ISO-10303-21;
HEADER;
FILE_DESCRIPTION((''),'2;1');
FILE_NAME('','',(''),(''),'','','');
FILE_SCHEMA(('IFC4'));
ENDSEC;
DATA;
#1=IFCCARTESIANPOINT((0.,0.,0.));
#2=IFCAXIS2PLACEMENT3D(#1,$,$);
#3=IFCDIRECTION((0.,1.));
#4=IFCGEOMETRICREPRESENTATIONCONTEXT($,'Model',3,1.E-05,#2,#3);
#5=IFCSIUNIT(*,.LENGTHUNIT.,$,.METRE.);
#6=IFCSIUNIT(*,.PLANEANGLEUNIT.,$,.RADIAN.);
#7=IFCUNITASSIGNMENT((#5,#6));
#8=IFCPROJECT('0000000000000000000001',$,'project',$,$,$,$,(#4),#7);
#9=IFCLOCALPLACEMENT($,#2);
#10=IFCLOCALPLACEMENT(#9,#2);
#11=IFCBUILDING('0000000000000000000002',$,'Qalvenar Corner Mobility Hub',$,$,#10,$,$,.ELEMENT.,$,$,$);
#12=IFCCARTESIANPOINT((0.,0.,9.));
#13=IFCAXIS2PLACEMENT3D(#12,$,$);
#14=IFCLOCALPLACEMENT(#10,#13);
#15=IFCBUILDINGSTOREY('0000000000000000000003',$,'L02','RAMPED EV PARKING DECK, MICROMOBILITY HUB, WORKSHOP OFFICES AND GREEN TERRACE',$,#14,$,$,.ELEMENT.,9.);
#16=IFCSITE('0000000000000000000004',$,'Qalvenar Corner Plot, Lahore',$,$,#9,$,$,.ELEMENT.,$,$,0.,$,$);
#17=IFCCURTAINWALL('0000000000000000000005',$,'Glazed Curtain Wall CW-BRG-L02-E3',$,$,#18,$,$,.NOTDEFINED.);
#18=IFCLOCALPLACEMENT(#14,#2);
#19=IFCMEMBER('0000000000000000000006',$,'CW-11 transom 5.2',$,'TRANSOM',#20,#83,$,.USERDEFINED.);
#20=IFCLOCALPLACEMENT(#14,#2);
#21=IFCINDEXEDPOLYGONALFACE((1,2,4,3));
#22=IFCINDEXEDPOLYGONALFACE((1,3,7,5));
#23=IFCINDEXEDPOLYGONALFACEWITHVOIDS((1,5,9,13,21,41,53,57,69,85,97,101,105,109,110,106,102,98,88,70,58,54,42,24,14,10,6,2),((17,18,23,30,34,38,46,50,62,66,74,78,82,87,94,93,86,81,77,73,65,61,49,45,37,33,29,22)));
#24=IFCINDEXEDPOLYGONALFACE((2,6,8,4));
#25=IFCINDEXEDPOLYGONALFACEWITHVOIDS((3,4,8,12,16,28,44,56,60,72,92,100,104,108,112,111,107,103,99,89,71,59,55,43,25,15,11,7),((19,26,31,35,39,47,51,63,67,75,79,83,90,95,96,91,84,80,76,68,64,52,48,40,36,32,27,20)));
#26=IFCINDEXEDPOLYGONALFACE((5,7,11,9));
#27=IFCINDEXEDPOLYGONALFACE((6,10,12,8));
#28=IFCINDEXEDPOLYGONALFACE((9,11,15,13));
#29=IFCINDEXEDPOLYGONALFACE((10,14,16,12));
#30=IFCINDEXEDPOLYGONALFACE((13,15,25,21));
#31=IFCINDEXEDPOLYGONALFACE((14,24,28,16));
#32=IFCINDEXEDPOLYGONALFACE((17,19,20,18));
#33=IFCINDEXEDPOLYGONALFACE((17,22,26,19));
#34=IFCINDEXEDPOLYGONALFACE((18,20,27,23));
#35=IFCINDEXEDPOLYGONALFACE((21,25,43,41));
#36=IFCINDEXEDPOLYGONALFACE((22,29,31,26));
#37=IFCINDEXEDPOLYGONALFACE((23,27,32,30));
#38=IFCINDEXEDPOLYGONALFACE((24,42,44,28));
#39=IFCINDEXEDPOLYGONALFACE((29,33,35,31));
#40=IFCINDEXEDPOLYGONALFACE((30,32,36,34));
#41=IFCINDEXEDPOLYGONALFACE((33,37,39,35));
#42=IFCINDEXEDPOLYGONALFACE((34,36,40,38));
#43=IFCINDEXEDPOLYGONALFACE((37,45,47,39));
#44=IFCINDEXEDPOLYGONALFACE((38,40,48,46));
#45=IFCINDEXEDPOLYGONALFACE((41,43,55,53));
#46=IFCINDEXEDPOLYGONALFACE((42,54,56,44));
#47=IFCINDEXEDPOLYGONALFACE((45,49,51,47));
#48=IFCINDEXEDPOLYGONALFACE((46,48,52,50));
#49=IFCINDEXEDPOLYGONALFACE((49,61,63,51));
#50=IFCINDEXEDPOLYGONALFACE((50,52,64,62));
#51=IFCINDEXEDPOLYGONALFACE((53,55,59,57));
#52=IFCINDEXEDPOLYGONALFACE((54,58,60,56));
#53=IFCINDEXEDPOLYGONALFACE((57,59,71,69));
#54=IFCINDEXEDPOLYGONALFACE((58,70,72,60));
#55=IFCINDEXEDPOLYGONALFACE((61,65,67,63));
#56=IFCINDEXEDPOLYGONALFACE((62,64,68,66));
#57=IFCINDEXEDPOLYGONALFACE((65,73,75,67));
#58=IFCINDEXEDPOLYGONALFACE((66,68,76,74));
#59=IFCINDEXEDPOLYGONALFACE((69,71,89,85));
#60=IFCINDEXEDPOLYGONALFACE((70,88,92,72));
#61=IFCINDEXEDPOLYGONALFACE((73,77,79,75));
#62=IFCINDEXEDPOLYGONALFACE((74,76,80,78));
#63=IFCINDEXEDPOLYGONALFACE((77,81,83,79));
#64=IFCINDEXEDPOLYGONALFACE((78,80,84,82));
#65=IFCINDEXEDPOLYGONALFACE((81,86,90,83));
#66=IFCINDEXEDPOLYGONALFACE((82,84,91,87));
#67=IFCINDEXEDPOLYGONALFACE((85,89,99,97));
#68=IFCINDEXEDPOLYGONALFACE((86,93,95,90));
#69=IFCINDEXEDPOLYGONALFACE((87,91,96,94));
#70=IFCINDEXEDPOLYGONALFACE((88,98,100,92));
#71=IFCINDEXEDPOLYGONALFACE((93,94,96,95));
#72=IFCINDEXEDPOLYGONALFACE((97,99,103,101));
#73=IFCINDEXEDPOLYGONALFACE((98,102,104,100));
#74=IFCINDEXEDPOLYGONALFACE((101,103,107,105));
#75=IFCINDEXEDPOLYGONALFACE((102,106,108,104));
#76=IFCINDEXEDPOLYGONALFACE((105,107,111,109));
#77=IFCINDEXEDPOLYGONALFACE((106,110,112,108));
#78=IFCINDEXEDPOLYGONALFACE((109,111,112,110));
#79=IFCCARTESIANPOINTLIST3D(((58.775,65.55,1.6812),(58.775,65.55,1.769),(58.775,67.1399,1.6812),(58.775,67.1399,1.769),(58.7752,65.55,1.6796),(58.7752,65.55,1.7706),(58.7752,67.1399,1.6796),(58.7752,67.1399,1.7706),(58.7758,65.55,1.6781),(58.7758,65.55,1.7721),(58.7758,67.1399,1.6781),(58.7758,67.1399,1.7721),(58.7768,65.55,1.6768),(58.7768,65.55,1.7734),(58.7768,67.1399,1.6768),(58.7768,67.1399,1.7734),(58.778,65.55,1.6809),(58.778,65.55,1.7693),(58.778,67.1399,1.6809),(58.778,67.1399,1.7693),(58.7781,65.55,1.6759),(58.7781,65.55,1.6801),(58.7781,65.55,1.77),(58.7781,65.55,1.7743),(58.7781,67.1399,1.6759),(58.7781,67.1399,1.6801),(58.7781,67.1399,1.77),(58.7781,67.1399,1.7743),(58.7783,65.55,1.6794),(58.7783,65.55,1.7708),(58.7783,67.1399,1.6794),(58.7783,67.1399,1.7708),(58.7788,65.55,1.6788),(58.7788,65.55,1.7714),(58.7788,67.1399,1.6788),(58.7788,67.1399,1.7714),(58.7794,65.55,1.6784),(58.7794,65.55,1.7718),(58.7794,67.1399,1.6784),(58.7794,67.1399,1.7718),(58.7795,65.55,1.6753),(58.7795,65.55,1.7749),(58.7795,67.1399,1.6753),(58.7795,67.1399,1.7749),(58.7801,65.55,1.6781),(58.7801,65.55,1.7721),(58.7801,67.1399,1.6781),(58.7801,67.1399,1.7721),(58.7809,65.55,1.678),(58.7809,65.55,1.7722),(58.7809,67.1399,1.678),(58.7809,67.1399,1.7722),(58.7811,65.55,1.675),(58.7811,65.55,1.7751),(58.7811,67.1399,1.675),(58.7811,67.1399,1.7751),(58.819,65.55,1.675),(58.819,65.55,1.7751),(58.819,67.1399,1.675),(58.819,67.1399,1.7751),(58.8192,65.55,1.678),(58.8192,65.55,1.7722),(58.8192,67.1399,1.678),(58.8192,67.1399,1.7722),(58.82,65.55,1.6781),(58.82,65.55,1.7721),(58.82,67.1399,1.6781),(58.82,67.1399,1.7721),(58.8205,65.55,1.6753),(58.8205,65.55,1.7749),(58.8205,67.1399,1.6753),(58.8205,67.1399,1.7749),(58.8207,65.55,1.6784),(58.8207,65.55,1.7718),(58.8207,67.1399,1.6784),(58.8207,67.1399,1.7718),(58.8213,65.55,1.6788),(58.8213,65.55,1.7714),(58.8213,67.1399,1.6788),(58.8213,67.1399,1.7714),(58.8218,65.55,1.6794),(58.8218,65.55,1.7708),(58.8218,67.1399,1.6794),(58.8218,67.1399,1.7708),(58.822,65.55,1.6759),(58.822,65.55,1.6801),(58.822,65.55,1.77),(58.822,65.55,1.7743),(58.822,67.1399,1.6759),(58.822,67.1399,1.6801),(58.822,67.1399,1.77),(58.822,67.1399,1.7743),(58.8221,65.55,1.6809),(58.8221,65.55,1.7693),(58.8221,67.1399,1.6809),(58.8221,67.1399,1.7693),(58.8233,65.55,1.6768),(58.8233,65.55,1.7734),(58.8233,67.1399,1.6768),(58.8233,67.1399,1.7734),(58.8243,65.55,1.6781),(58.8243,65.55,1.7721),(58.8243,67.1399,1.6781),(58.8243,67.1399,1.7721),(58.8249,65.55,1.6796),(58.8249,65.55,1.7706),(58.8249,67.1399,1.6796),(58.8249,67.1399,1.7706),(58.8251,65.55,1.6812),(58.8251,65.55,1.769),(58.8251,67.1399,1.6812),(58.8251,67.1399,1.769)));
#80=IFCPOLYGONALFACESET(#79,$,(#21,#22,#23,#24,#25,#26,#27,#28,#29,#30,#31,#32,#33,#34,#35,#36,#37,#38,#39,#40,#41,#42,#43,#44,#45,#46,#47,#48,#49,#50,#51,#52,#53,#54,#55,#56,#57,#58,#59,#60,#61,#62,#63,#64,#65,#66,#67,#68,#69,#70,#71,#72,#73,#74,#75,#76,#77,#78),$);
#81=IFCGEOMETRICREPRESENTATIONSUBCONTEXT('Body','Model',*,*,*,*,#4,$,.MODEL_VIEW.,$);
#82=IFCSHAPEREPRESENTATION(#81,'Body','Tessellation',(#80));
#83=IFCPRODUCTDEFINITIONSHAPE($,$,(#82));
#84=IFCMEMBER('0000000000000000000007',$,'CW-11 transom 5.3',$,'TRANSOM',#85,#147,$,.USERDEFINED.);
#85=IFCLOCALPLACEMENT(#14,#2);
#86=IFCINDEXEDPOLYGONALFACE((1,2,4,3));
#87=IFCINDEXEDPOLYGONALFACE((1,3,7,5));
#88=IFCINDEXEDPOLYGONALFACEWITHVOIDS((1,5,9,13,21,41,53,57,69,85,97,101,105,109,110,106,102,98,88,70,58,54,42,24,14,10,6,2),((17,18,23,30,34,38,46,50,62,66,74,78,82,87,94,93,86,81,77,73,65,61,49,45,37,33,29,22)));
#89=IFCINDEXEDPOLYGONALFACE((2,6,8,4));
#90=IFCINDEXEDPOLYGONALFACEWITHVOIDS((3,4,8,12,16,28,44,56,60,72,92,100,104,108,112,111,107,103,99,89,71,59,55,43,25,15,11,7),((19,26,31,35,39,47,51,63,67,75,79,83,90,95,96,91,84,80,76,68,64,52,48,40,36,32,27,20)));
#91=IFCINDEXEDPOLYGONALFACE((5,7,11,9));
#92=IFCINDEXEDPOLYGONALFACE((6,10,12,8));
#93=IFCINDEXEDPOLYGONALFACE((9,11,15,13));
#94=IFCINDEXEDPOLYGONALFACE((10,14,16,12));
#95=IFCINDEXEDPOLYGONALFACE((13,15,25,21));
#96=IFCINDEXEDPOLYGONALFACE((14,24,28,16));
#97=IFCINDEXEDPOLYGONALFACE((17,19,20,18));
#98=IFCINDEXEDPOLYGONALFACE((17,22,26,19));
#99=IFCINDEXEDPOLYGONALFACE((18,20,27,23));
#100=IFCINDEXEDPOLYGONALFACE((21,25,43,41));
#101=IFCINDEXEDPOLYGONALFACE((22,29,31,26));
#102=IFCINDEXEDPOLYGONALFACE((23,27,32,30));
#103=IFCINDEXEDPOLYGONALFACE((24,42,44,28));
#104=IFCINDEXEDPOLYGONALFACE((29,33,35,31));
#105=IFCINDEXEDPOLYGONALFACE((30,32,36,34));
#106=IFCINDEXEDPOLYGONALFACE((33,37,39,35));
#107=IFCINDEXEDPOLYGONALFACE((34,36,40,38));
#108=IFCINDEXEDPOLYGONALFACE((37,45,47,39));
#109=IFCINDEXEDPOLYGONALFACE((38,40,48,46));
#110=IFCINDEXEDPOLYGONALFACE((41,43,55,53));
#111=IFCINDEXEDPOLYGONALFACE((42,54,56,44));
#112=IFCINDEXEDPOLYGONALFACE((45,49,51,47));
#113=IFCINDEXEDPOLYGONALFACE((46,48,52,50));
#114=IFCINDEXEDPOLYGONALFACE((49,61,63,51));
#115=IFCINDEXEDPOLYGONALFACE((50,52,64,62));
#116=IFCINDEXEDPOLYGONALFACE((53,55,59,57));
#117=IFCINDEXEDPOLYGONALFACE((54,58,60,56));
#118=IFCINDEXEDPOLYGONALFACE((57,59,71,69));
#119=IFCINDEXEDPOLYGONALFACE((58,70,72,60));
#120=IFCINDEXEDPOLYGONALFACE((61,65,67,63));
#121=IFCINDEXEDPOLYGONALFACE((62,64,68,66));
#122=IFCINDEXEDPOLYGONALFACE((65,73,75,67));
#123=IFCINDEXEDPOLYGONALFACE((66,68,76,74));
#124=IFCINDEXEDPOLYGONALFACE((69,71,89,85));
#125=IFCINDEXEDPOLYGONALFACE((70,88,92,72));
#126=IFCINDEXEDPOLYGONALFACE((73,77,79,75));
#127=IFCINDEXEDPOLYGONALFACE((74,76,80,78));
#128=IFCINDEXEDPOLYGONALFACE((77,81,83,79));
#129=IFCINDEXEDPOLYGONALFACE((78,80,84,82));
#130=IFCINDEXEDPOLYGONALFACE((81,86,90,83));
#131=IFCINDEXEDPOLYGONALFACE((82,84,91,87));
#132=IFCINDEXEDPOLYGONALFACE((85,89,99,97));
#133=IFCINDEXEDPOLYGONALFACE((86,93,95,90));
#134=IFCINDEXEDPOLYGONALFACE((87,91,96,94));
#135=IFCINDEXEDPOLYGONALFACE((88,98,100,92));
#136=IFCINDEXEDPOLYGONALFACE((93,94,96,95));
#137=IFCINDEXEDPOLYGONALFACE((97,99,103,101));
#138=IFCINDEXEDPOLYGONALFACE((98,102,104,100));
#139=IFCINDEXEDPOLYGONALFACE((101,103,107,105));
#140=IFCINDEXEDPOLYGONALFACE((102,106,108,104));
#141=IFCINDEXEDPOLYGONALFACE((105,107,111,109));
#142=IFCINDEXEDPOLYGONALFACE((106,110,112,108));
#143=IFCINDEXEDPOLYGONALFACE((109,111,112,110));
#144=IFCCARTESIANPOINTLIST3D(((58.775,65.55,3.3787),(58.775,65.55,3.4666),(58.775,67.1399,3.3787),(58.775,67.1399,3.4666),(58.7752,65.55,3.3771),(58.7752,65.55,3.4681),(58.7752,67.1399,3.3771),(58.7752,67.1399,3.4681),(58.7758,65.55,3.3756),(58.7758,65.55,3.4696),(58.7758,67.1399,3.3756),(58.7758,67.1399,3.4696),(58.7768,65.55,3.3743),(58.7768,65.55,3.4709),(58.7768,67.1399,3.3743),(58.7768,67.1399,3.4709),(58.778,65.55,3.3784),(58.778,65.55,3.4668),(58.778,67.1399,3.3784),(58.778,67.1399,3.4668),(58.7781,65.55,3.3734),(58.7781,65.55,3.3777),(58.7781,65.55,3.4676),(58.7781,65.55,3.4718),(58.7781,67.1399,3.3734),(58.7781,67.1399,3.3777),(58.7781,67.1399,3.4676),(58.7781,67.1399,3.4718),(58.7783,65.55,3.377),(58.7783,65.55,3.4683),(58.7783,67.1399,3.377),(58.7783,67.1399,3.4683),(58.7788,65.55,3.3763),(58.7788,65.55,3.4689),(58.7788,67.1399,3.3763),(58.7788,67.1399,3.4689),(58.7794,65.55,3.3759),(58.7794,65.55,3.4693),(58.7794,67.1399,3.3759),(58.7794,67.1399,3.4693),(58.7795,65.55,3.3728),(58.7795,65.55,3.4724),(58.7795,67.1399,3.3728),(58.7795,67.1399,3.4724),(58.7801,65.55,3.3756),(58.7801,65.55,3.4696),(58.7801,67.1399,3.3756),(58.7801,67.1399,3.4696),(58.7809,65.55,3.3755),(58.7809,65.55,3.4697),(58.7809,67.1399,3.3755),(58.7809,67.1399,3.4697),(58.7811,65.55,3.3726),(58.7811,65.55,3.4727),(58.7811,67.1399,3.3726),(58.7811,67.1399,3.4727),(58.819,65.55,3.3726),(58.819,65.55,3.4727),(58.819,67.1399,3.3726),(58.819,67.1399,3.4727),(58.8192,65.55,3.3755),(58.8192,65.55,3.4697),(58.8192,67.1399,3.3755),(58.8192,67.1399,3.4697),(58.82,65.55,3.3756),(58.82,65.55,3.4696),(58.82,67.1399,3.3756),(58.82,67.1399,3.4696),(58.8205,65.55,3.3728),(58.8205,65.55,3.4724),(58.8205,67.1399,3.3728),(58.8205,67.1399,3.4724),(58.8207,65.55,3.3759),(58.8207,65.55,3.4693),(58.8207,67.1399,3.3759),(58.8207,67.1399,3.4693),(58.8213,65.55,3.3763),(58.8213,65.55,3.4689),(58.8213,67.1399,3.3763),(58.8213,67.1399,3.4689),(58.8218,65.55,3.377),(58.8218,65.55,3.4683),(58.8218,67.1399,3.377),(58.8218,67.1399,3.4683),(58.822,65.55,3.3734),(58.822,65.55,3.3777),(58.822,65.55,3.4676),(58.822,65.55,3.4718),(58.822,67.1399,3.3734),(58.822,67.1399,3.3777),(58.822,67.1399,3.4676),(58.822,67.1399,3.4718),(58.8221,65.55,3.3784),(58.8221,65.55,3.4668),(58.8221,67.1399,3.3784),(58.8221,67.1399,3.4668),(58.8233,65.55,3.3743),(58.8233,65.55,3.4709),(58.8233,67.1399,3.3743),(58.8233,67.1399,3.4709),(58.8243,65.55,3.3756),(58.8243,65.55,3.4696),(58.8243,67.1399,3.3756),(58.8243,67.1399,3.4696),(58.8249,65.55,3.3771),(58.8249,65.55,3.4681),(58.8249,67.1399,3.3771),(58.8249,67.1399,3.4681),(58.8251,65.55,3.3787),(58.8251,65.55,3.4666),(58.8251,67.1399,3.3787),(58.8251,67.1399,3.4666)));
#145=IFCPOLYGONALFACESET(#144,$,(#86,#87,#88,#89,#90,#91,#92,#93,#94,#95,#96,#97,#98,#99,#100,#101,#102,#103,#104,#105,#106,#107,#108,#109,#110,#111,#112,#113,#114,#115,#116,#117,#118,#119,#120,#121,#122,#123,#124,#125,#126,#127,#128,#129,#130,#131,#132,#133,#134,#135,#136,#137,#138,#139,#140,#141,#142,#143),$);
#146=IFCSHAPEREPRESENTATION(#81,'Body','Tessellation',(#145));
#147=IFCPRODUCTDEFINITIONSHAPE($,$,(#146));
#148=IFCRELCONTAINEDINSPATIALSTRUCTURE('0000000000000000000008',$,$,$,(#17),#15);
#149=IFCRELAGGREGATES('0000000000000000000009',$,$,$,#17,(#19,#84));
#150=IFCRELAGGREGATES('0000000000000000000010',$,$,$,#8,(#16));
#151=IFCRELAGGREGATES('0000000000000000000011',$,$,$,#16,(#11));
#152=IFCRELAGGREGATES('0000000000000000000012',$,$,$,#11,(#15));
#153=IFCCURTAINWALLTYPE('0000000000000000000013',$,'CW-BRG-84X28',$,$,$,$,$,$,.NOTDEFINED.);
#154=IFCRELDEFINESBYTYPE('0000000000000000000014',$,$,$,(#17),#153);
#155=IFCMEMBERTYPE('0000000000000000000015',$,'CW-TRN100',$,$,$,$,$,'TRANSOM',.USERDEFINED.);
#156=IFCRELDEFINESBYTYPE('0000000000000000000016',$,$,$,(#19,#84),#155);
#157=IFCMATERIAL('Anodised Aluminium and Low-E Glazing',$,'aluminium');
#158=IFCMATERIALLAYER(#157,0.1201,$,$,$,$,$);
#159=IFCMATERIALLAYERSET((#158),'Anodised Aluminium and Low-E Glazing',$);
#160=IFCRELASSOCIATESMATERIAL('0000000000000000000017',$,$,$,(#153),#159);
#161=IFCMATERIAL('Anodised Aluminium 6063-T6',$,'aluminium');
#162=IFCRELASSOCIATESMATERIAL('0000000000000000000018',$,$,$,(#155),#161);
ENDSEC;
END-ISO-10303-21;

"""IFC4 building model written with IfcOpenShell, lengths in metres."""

from ifc_helpers import new_model, si_unit, direction, frame, origin, origin_2d, place, context, subcontext, project, spatial, hollow_rectangle, extrude, material, layer, layer_set, material_profile, profile_set, type_object, element, aggregate, save


model = new_model("IFC4")

# Units and contexts
model_context = context("Model", 3, precision=1e-05, world=origin(), true_north=direction((0.0, 1.0)))
body_context = subcontext(model_context, "Body", "Model", "MODEL_VIEW")
ifc_project = project(units=[si_unit("LENGTHUNIT", "METRE"), si_unit("PLANEANGLEUNIT", "RADIAN")], contexts=[model_context])

# Site, building, storey
site_placement = place(None, origin())
site = spatial("IfcSite", under=ifc_project, at=site_placement, Name="Qalvenar Corner Plot, Lahore", CompositionType="ELEMENT", RefElevation=0.0)
building_placement = place(site_placement, origin())
building = spatial("IfcBuilding", under=site, at=building_placement, Name="Qalvenar Corner Mobility Hub", CompositionType="ELEMENT")
storey_placement = place(building_placement, frame((0.0, 0.0, 9.0)))
storey = spatial("IfcBuildingStorey", under=building, at=storey_placement, Name="L02", Description="RAMPED EV PARKING DECK, MICROMOBILITY HUB, WORKSHOP OFFICES AND GREEN TERRACE", CompositionType="ELEMENT", Elevation=9.0)

# Curtain wall, members
ifc_material_1 = material(Name="Anodised Aluminium and Low-E Glazing", Category="aluminium")
ifc_layer_1 = layer(ifc_material_1, 0.1201)
ifc_layer_set_1 = layer_set([ifc_layer_1], Name="Anodised Aluminium and Low-E Glazing")
curtain_wall_type = type_object("IfcCurtainWallType", Name="CW-BRG-84X28", PredefinedType="NOTDEFINED", material=ifc_layer_set_1)
curtain_wall_placement = place(storey_placement, origin())
curtain_wall = element("IfcCurtainWall", 1, at=curtain_wall_placement, inside=storey, type_object=curtain_wall_type, Name="Glazed Curtain Wall CW-BRG-L02-E3", PredefinedType="NOTDEFINED")
ifc_material_2 = material(Name="Anodised Aluminium 6063-T6", Category="aluminium")
ifc_material_profile_1 = material_profile(ifc_material_2, hollow_rectangle(XDim=0.05, YDim=0.1001, WallThickness=0.0029, InnerFilletRadius=0.0029, OuterFilletRadius=0.0061, at=origin_2d()), Name="RHS100x50x3")
ifc_profile_set_1 = profile_set([ifc_material_profile_1], Name="Anodised Aluminium 6063-T6")
member_type_1 = type_object("IfcMemberType", Name="CW-TRN100", ElementType="TRANSOM", PredefinedType="USERDEFINED", material=ifc_profile_set_1)
member_1_placement = place(storey_placement, frame((58.8, 65.55, 1.7251), z_axis=(0.0, 1.0, 0.0), x_axis=(-1.0, 0.0, 0.0)))
member_1 = element("IfcMember", 2, at=member_1_placement, type_object=member_type_1, Name="CW-11 transom 5.2", ObjectType="TRANSOM", PredefinedType="USERDEFINED", context=body_context, shape_type="SweptSolid", body=[
    extrude(hollow_rectangle(XDim=0.05, YDim=0.1001, WallThickness=0.0029, InnerFilletRadius=0.0029, OuterFilletRadius=0.0061, at=origin_2d()), origin(), (0.0, 0.0, 1.0), 1.5898),
])
member_2_placement = place(storey_placement, frame((58.8, 65.55, 3.4226), z_axis=(0.0, 1.0, 0.0), x_axis=(-1.0, 0.0, 0.0)))
member_2 = element("IfcMember", 3, at=member_2_placement, type_object=member_type_1, Name="CW-11 transom 5.3", ObjectType="TRANSOM", PredefinedType="USERDEFINED", context=body_context, shape_type="SweptSolid", body=[
    extrude(hollow_rectangle(XDim=0.05, YDim=0.1001, WallThickness=0.0029, InnerFilletRadius=0.0029, OuterFilletRadius=0.0061, at=origin_2d()), origin(), (0.0, 0.0, 1.0), 1.5898),
])

aggregate(curtain_wall, [member_1, member_2])

save(model, "model.ifc")
